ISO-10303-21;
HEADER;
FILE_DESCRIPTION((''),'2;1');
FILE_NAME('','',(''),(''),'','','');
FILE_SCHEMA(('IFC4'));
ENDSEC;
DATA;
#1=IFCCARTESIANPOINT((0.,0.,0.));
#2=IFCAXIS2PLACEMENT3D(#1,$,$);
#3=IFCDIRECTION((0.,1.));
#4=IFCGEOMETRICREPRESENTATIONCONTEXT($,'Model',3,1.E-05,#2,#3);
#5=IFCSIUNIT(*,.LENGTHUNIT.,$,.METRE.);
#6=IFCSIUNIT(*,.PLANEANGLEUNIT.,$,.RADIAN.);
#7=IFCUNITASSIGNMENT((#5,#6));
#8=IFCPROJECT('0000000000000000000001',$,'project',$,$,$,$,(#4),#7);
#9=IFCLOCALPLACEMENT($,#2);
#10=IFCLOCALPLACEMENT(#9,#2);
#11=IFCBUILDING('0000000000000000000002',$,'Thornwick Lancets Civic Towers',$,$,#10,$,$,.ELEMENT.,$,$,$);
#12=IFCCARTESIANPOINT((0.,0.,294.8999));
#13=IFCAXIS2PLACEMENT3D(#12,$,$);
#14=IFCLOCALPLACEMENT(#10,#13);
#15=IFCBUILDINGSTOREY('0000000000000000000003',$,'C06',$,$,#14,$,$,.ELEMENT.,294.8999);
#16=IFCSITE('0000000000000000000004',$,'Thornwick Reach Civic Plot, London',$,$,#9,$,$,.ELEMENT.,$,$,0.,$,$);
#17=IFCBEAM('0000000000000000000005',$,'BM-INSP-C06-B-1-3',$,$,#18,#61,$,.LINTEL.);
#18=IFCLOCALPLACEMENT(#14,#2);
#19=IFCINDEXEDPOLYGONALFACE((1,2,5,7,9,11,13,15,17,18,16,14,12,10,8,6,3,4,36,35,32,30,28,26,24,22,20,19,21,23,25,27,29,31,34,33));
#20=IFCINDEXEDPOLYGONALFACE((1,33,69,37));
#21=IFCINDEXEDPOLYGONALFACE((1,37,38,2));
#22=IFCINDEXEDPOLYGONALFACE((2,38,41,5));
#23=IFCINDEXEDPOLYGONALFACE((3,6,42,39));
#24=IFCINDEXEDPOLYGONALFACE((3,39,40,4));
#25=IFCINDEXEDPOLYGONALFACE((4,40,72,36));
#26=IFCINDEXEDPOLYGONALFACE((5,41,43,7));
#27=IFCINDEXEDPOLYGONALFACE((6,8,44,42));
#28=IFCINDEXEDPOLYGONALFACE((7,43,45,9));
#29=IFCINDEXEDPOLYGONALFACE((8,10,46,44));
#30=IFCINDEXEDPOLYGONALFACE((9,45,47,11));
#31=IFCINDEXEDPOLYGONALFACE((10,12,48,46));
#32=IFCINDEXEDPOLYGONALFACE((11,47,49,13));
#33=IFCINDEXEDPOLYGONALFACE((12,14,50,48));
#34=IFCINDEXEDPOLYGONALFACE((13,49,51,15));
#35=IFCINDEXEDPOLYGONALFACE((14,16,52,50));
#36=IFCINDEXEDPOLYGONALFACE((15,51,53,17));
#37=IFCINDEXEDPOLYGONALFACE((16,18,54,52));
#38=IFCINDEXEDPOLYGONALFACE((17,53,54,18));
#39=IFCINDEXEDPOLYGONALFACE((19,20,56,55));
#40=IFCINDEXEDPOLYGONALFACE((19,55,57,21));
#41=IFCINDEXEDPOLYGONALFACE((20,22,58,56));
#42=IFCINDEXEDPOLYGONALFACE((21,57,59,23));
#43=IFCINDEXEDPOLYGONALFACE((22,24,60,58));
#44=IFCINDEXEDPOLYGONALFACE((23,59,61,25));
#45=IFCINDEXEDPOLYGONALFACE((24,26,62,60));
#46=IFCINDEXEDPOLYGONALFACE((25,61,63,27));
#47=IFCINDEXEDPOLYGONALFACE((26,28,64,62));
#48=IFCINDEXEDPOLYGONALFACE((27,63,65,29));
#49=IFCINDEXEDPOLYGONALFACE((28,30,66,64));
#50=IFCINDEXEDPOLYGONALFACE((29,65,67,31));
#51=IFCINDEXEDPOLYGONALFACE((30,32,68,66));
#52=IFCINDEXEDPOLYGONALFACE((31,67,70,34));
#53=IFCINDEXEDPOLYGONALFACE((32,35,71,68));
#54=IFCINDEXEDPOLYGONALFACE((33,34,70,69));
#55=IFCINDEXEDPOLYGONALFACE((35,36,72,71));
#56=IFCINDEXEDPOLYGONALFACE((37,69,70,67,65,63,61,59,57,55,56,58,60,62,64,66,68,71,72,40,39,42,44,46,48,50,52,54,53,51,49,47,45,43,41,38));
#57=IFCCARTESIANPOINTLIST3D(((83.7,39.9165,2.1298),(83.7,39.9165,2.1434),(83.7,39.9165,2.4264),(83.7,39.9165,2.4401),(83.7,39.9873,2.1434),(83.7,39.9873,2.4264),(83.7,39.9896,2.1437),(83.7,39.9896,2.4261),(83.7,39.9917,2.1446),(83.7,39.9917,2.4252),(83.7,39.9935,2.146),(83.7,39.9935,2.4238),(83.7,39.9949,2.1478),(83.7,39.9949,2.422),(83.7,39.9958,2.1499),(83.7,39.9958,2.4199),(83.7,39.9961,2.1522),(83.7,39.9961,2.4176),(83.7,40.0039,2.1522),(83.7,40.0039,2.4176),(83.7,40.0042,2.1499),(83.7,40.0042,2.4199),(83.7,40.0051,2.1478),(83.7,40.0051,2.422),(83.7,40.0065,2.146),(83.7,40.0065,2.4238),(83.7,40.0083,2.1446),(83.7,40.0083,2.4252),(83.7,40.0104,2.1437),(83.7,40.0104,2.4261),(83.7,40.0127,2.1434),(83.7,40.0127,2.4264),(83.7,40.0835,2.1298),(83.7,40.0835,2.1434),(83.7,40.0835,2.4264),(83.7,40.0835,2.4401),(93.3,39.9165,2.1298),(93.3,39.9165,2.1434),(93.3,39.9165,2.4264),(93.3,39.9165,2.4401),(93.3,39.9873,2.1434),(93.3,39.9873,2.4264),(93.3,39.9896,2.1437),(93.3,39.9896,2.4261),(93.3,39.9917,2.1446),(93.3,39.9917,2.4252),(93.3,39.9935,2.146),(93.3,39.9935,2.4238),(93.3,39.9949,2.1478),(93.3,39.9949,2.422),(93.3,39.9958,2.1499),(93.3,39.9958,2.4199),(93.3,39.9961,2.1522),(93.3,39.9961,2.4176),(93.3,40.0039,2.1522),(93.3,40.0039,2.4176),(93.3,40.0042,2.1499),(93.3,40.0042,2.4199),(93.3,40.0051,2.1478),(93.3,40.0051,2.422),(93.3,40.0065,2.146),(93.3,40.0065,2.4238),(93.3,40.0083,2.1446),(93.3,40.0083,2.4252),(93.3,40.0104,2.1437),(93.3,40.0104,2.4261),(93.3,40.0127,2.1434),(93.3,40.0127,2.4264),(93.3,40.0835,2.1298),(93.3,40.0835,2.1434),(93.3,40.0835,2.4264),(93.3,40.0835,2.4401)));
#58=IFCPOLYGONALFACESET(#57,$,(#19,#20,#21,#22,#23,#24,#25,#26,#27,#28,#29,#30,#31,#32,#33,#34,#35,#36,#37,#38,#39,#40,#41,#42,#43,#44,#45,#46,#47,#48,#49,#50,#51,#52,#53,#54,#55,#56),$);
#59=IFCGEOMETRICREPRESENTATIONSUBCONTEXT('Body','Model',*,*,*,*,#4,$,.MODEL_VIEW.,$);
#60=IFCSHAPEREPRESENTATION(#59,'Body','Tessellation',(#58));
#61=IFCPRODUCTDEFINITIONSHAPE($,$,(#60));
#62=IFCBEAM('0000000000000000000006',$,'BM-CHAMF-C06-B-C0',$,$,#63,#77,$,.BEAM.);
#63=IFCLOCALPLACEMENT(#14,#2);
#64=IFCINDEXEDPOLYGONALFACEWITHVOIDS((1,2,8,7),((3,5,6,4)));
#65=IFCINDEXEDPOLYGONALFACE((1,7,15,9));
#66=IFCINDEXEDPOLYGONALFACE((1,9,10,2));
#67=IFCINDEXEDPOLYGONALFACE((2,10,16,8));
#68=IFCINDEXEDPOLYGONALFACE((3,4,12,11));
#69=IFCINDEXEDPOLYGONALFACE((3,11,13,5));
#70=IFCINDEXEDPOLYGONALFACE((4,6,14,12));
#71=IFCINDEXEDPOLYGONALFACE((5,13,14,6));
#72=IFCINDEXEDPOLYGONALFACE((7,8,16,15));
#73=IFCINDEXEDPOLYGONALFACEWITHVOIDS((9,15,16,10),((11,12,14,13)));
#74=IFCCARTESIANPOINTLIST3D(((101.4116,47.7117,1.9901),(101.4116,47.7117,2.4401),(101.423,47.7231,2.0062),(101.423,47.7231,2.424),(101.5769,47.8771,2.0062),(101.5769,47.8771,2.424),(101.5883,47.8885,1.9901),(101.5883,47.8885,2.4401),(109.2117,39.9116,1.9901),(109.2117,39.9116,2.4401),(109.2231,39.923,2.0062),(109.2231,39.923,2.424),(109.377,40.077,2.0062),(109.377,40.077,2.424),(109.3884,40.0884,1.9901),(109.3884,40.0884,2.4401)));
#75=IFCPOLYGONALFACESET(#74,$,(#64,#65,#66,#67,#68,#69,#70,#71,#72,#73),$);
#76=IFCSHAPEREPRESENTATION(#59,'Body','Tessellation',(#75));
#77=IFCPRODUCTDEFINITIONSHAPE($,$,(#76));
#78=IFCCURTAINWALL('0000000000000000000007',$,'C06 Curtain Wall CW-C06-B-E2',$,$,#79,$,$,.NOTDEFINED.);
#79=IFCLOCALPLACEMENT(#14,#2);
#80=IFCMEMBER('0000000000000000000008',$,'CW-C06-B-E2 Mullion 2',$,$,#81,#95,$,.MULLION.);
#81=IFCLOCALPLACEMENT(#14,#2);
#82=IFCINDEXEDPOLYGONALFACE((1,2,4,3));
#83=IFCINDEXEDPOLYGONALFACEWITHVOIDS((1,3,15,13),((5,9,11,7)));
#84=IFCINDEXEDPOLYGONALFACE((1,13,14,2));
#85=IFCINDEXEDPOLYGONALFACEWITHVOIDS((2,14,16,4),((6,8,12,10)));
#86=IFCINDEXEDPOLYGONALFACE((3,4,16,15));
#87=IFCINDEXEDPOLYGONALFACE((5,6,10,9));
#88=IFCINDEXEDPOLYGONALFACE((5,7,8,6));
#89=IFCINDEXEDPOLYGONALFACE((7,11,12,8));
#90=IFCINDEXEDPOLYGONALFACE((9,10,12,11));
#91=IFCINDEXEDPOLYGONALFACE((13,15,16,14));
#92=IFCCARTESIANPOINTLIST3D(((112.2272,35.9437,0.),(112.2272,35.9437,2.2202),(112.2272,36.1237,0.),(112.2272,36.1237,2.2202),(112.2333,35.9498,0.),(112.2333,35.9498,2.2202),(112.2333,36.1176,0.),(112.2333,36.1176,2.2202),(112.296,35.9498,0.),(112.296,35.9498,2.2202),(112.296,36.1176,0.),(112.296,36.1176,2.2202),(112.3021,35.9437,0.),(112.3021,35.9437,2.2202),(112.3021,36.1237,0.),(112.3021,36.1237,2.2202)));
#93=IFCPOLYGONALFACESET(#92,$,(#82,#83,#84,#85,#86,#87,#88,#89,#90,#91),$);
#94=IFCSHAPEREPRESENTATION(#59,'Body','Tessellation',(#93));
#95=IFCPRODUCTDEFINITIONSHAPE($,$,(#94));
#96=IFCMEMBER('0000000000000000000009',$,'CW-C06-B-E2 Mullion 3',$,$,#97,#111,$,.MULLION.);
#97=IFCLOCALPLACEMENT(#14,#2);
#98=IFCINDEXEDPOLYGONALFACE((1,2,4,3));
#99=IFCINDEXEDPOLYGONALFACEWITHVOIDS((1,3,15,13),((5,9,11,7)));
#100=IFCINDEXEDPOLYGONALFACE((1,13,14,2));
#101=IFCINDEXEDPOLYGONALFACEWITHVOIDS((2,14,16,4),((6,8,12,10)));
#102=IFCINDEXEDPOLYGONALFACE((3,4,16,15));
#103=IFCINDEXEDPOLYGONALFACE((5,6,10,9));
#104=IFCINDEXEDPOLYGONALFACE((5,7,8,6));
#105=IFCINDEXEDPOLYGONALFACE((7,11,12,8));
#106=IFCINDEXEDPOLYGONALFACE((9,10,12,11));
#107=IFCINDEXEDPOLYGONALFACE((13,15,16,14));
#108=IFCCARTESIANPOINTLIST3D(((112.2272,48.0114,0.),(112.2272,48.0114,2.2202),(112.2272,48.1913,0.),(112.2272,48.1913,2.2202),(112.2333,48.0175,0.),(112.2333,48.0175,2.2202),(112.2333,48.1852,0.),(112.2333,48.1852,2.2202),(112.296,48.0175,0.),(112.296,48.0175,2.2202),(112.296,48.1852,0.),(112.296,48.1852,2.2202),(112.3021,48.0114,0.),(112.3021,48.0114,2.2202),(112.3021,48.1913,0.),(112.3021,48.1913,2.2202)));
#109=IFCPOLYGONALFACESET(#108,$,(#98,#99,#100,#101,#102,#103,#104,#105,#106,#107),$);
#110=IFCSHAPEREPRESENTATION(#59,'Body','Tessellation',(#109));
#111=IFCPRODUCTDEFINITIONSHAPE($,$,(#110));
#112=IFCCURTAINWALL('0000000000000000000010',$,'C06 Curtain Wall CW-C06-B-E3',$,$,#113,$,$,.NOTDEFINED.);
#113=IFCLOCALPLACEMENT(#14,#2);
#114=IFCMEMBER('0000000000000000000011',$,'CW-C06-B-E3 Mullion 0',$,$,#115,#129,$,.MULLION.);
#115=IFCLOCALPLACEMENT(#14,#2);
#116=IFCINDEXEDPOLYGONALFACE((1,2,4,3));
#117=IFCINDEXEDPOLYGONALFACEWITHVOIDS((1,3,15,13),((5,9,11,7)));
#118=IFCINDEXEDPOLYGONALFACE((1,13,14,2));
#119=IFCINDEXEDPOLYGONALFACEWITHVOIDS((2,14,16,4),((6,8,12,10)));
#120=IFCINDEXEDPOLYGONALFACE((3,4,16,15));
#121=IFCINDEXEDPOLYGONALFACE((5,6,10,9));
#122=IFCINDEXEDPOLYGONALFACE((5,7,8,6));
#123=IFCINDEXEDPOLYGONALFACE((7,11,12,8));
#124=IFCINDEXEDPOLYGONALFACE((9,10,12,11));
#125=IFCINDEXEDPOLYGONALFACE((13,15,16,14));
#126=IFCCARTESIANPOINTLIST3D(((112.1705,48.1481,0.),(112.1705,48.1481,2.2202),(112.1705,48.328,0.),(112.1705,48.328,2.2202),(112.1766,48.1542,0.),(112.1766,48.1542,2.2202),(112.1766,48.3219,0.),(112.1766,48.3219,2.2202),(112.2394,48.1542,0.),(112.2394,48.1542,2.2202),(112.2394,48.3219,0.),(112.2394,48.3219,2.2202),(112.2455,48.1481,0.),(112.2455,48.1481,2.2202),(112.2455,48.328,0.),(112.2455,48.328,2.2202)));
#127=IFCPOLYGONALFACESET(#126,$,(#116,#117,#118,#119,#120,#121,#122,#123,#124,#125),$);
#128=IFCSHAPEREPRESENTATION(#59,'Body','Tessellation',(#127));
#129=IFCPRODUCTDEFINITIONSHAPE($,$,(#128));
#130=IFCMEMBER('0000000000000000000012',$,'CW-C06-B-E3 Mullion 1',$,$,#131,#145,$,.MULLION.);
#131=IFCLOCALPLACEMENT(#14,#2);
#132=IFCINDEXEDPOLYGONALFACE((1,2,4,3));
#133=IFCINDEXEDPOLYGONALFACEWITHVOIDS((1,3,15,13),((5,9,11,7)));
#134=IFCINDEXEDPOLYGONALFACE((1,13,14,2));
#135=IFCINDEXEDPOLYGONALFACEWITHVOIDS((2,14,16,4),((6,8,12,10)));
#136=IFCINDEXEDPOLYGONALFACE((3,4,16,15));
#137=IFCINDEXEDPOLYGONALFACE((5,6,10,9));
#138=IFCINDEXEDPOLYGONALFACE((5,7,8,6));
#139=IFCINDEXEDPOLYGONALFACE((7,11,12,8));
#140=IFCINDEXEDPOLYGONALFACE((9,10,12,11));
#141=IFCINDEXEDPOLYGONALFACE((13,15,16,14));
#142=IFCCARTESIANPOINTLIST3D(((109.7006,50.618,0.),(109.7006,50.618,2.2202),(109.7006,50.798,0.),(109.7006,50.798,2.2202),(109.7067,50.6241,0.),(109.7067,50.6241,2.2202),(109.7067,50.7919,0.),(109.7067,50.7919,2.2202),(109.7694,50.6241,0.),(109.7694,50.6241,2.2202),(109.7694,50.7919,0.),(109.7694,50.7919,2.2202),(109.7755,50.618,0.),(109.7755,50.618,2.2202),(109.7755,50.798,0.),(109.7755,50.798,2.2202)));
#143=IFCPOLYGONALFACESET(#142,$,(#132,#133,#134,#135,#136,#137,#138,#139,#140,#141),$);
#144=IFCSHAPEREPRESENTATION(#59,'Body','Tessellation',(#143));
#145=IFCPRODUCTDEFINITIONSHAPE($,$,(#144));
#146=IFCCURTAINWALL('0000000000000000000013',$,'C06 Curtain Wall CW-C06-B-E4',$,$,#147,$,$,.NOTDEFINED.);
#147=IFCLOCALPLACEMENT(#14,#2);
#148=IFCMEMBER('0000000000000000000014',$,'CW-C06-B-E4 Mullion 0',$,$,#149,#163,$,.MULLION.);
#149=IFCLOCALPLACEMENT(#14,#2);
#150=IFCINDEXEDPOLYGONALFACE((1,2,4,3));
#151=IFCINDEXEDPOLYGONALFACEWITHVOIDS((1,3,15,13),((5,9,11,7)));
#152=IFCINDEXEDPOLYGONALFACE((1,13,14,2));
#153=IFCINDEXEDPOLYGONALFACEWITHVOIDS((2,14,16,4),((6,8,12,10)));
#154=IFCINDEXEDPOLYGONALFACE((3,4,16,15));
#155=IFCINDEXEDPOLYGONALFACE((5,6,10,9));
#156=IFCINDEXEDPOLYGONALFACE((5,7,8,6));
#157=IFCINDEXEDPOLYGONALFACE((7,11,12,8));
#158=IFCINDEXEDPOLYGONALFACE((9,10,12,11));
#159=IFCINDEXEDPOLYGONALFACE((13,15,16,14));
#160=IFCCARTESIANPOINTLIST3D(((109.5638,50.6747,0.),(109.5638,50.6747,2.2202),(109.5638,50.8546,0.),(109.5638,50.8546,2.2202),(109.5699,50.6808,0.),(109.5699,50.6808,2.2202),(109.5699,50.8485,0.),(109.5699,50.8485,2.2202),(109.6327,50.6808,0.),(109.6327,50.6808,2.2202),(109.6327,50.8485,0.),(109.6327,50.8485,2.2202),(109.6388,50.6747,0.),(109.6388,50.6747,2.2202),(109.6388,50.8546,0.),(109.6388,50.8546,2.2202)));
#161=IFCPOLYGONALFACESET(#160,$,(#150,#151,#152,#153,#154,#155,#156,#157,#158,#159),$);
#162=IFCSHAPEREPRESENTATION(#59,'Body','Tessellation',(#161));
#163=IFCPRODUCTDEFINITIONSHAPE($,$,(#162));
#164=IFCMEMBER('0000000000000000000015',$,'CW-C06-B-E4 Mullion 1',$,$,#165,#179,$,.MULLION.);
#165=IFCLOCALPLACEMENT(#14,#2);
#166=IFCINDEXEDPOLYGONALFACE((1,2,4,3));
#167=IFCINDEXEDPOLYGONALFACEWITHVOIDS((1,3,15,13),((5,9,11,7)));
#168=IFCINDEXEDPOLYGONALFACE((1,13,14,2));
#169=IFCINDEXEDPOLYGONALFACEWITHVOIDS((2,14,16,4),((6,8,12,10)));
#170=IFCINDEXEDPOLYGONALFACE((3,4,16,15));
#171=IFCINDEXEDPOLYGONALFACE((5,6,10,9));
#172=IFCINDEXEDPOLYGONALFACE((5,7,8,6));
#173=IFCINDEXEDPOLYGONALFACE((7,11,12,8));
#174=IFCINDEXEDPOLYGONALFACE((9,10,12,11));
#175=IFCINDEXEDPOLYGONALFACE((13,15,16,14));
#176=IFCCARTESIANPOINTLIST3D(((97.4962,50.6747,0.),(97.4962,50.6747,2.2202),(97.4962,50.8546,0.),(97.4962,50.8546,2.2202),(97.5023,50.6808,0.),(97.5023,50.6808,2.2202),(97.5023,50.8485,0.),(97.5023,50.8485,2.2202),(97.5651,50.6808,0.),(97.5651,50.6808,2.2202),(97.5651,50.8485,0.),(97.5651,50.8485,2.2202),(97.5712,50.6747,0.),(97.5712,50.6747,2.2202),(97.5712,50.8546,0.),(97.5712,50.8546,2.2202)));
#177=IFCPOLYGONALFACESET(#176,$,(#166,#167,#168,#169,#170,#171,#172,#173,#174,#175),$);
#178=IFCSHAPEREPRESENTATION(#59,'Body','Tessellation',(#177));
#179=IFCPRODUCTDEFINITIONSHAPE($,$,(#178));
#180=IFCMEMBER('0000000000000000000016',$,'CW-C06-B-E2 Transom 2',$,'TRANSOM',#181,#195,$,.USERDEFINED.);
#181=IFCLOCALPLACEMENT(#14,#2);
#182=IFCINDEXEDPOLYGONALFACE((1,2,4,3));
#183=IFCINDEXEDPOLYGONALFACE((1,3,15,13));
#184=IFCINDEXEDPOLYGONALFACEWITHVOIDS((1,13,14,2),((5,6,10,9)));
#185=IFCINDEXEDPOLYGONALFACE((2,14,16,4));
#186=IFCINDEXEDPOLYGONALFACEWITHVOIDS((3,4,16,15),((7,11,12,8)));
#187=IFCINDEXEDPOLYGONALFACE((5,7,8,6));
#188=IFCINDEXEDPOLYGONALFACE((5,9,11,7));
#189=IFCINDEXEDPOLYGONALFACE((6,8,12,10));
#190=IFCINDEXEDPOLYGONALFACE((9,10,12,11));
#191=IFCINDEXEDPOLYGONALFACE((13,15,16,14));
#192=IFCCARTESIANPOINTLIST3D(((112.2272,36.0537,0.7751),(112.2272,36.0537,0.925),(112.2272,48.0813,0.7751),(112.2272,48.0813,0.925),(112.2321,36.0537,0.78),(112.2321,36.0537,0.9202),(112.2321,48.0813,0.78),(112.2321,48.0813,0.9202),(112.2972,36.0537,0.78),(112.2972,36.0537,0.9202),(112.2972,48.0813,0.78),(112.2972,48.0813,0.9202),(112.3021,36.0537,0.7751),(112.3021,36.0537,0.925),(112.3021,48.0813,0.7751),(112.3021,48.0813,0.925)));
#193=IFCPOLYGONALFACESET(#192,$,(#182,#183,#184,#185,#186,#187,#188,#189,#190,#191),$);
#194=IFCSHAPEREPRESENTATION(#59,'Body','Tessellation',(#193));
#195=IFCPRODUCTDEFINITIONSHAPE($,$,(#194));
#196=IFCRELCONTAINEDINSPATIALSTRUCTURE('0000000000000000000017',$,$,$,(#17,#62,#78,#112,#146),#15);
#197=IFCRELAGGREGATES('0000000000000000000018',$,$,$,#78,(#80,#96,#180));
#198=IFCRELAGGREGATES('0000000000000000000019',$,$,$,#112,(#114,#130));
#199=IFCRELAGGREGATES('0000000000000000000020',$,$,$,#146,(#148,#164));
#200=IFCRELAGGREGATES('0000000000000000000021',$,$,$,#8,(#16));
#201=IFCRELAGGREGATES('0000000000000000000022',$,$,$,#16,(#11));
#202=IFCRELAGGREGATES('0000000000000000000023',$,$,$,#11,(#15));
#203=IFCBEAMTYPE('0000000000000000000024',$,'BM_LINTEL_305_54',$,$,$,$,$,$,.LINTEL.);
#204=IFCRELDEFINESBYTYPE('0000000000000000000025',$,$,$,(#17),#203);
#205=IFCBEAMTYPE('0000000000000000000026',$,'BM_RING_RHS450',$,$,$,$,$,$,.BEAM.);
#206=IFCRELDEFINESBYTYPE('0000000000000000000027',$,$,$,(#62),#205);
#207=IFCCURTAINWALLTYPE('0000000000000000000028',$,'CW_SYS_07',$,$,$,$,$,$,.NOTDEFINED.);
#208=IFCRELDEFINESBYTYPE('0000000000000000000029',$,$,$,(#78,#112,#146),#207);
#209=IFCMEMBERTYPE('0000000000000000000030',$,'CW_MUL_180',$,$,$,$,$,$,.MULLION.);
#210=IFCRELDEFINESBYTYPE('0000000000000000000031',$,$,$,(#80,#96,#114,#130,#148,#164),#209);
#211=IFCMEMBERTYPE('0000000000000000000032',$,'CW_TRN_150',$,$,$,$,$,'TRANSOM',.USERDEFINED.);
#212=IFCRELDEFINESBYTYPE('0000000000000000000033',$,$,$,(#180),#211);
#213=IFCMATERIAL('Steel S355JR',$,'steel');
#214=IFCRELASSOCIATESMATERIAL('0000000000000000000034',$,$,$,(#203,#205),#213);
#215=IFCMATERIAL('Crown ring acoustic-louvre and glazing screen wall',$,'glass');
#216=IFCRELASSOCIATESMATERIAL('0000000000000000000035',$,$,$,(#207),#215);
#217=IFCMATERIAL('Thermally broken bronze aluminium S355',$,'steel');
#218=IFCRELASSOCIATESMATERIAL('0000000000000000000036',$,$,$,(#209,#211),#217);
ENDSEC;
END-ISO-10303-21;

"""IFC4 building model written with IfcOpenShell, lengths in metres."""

from ifc_helpers import new_model, si_unit, direction, frame, origin, origin_2d, place, context, subcontext, project, spatial, hollow_rectangle, i_section, extrude, material, material_profile, profile_set, type_object, element, aggregate, save


model = new_model("IFC4")

# Units and contexts
model_context = context("Model", 3, precision=1e-05, world=origin(), true_north=direction((0.0, 1.0)))
body_context = subcontext(model_context, "Body", "Model", "MODEL_VIEW")
ifc_project = project(units=[si_unit("LENGTHUNIT", "METRE"), si_unit("PLANEANGLEUNIT", "RADIAN")], contexts=[model_context])

# Site, building, storey
site_placement = place(None, origin())
site = spatial("IfcSite", under=ifc_project, at=site_placement, Name="Thornwick Reach Civic Plot, London", CompositionType="ELEMENT", RefElevation=0.0)
building_placement = place(site_placement, origin())
building = spatial("IfcBuilding", under=site, at=building_placement, Name="Thornwick Lancets Civic Towers", CompositionType="ELEMENT")
storey_placement = place(building_placement, frame((0.0, 0.0, 294.8999)))
storey = spatial("IfcBuildingStorey", under=building, at=storey_placement, Name="C06", CompositionType="ELEMENT", Elevation=294.8999)

# Shared definitions
ifc_material_1 = material(Name="Steel S355JR", Category="steel")

# Beams
ifc_material_profile_1 = material_profile(ifc_material_1, i_section(OverallWidth=0.167, OverallDepth=0.3103, WebThickness=0.0078, FlangeThickness=0.0137, FilletRadius=0.0088, at=origin_2d()), Name="UKB 305x165x54")
ifc_profile_set_1 = profile_set([ifc_material_profile_1], Name="Steel S355JR")
beam_type_1 = type_object("IfcBeamType", Name="BM_LINTEL_305_54", PredefinedType="LINTEL", material=ifc_profile_set_1)
beam_1_placement = place(storey_placement, frame((93.3, 40.0, 2.2849), z_axis=(-1.0, 0.0, 0.0), x_axis=(0.0, -1.0, 0.0)))
element("IfcBeam", 1, at=beam_1_placement, inside=storey, type_object=beam_type_1, Name="BM-INSP-C06-B-1-3", PredefinedType="LINTEL", context=body_context, shape_type="SweptSolid", body=[
    extrude(i_section(OverallWidth=0.167, OverallDepth=0.3103, WebThickness=0.0078, FlangeThickness=0.0137, FilletRadius=0.0088, at=origin_2d()), origin(), (0.0, 0.0, 1.0), 9.6001),
])
ifc_material_profile_2 = material_profile(ifc_material_1, hollow_rectangle(XDim=0.25, YDim=0.45, WallThickness=0.0161, at=origin_2d()), Name="RHS 450x250x16")
ifc_profile_set_2 = profile_set([ifc_material_profile_2], Name="Steel S355JR")
beam_type_2 = type_object("IfcBeamType", Name="BM_RING_RHS450", PredefinedType="BEAM", material=ifc_profile_set_2)
beam_2_placement = place(storey_placement, frame((109.3, 40.0, 2.2151), z_axis=(-0.707107, 0.707107, 0.0), x_axis=(-0.707107, -0.707107, 0.0)))
element("IfcBeam", 2, at=beam_2_placement, inside=storey, type_object=beam_type_2, Name="BM-CHAMF-C06-B-C0", PredefinedType="BEAM", context=body_context, shape_type="SweptSolid", body=[
    extrude(hollow_rectangle(XDim=0.25, YDim=0.45, WallThickness=0.0161, at=origin_2d()), origin(), (0.0, 0.0, 1.0), 11.031),
])

# Curtain walls, members
ifc_material_2 = material(Name="Crown ring acoustic-louvre and glazing screen wall", Category="glass")
curtain_wall_type = type_object("IfcCurtainWallType", Name="CW_SYS_07", PredefinedType="NOTDEFINED", material=ifc_material_2)
curtain_wall_1_placement = place(storey_placement, origin())
curtain_wall_1 = element("IfcCurtainWall", 3, at=curtain_wall_1_placement, inside=storey, type_object=curtain_wall_type, Name="C06 Curtain Wall CW-C06-B-E2", PredefinedType="NOTDEFINED")
ifc_material_3 = material(Name="Thermally broken bronze aluminium S355", Category="steel")
ifc_material_profile_3 = material_profile(ifc_material_3, hollow_rectangle(XDim=0.075, YDim=0.1799, WallThickness=0.0061, at=origin_2d()), Name="RHS 180x75x6")
ifc_profile_set_3 = profile_set([ifc_material_profile_3], Name="Thermally broken bronze aluminium S355")
member_type_1 = type_object("IfcMemberType", Name="CW_MUL_180", PredefinedType="MULLION", material=ifc_profile_set_3)
member_1_placement = place(storey_placement, frame((112.2646, 36.0337, 0.0), z_axis=(0.0, 0.0, 1.0), x_axis=(1.0, 0.0, 0.0)))
member_1 = element("IfcMember", 4, at=member_1_placement, type_object=member_type_1, Name="CW-C06-B-E2 Mullion 2", PredefinedType="MULLION", context=body_context, shape_type="SweptSolid", body=[
    extrude(hollow_rectangle(XDim=0.075, YDim=0.1799, WallThickness=0.0061, at=origin_2d()), origin(), (0.0, 0.0, 1.0), 2.2202),
])
member_2_placement = place(storey_placement, frame((112.2646, 48.1013, 0.0), z_axis=(0.0, 0.0, 1.0), x_axis=(1.0, 0.0, 0.0)))
member_2 = element("IfcMember", 5, at=member_2_placement, type_object=member_type_1, Name="CW-C06-B-E2 Mullion 3", PredefinedType="MULLION", context=body_context, shape_type="SweptSolid", body=[
    extrude(hollow_rectangle(XDim=0.075, YDim=0.1799, WallThickness=0.0061, at=origin_2d()), origin(), (0.0, 0.0, 1.0), 2.2202),
])
curtain_wall_2_placement = place(storey_placement, origin())
curtain_wall_2 = element("IfcCurtainWall", 6, at=curtain_wall_2_placement, inside=storey, type_object=curtain_wall_type, Name="C06 Curtain Wall CW-C06-B-E3", PredefinedType="NOTDEFINED")
member_3_placement = place(storey_placement, frame((112.208, 48.238, 0.0), z_axis=(0.0, 0.0, 1.0), x_axis=(1.0, 0.0, 0.0)))
member_3 = element("IfcMember", 7, at=member_3_placement, type_object=member_type_1, Name="CW-C06-B-E3 Mullion 0", PredefinedType="MULLION", context=body_context, shape_type="SweptSolid", body=[
    extrude(hollow_rectangle(XDim=0.075, YDim=0.1799, WallThickness=0.0061, at=origin_2d()), origin(), (0.0, 0.0, 1.0), 2.2202),
])
member_4_placement = place(storey_placement, frame((109.738, 50.708, 0.0), z_axis=(0.0, 0.0, 1.0), x_axis=(1.0, 0.0, 0.0)))
member_4 = element("IfcMember", 8, at=member_4_placement, type_object=member_type_1, Name="CW-C06-B-E3 Mullion 1", PredefinedType="MULLION", context=body_context, shape_type="SweptSolid", body=[
    extrude(hollow_rectangle(XDim=0.075, YDim=0.1799, WallThickness=0.0061, at=origin_2d()), origin(), (0.0, 0.0, 1.0), 2.2202),
])
curtain_wall_3_placement = place(storey_placement, origin())
curtain_wall_3 = element("IfcCurtainWall", 9, at=curtain_wall_3_placement, inside=storey, type_object=curtain_wall_type, Name="C06 Curtain Wall CW-C06-B-E4", PredefinedType="NOTDEFINED")
member_5_placement = place(storey_placement, frame((109.6013, 50.7646, 0.0), z_axis=(0.0, 0.0, 1.0), x_axis=(1.0, 0.0, 0.0)))
member_5 = element("IfcMember", 10, at=member_5_placement, type_object=member_type_1, Name="CW-C06-B-E4 Mullion 0", PredefinedType="MULLION", context=body_context, shape_type="SweptSolid", body=[
    extrude(hollow_rectangle(XDim=0.075, YDim=0.1799, WallThickness=0.0061, at=origin_2d()), origin(), (0.0, 0.0, 1.0), 2.2202),
])
member_6_placement = place(storey_placement, frame((97.5337, 50.7646, 0.0), z_axis=(0.0, 0.0, 1.0), x_axis=(1.0, 0.0, 0.0)))
member_6 = element("IfcMember", 11, at=member_6_placement, type_object=member_type_1, Name="CW-C06-B-E4 Mullion 1", PredefinedType="MULLION", context=body_context, shape_type="SweptSolid", body=[
    extrude(hollow_rectangle(XDim=0.075, YDim=0.1799, WallThickness=0.0061, at=origin_2d()), origin(), (0.0, 0.0, 1.0), 2.2202),
])

# Member
ifc_material_profile_4 = material_profile(ifc_material_3, hollow_rectangle(XDim=0.075, YDim=0.1499, WallThickness=0.0049, at=origin_2d()), Name="RHS 150x75x5")
ifc_profile_set_4 = profile_set([ifc_material_profile_4], Name="Thermally broken bronze aluminium S355")
member_type_2 = type_object("IfcMemberType", Name="CW_TRN_150", ElementType="TRANSOM", PredefinedType="USERDEFINED", material=ifc_profile_set_4)
member_7_placement = place(storey_placement, frame((112.2646, 36.0537, 0.8501), z_axis=(0.0, 1.0, 0.0), x_axis=(-1.0, 0.0, 0.0)))
member_7 = element("IfcMember", 12, at=member_7_placement, type_object=member_type_2, Name="CW-C06-B-E2 Transom 2", ObjectType="TRANSOM", PredefinedType="USERDEFINED", context=body_context, shape_type="SweptSolid", body=[
    extrude(hollow_rectangle(XDim=0.075, YDim=0.1499, WallThickness=0.0049, at=origin_2d()), origin(), (0.0, 0.0, 1.0), 12.0276),
])

aggregate(curtain_wall_1, [member_1, member_2, member_7])
aggregate(curtain_wall_2, [member_3, member_4])
aggregate(curtain_wall_3, [member_5, member_6])

save(model, "model.ifc")
